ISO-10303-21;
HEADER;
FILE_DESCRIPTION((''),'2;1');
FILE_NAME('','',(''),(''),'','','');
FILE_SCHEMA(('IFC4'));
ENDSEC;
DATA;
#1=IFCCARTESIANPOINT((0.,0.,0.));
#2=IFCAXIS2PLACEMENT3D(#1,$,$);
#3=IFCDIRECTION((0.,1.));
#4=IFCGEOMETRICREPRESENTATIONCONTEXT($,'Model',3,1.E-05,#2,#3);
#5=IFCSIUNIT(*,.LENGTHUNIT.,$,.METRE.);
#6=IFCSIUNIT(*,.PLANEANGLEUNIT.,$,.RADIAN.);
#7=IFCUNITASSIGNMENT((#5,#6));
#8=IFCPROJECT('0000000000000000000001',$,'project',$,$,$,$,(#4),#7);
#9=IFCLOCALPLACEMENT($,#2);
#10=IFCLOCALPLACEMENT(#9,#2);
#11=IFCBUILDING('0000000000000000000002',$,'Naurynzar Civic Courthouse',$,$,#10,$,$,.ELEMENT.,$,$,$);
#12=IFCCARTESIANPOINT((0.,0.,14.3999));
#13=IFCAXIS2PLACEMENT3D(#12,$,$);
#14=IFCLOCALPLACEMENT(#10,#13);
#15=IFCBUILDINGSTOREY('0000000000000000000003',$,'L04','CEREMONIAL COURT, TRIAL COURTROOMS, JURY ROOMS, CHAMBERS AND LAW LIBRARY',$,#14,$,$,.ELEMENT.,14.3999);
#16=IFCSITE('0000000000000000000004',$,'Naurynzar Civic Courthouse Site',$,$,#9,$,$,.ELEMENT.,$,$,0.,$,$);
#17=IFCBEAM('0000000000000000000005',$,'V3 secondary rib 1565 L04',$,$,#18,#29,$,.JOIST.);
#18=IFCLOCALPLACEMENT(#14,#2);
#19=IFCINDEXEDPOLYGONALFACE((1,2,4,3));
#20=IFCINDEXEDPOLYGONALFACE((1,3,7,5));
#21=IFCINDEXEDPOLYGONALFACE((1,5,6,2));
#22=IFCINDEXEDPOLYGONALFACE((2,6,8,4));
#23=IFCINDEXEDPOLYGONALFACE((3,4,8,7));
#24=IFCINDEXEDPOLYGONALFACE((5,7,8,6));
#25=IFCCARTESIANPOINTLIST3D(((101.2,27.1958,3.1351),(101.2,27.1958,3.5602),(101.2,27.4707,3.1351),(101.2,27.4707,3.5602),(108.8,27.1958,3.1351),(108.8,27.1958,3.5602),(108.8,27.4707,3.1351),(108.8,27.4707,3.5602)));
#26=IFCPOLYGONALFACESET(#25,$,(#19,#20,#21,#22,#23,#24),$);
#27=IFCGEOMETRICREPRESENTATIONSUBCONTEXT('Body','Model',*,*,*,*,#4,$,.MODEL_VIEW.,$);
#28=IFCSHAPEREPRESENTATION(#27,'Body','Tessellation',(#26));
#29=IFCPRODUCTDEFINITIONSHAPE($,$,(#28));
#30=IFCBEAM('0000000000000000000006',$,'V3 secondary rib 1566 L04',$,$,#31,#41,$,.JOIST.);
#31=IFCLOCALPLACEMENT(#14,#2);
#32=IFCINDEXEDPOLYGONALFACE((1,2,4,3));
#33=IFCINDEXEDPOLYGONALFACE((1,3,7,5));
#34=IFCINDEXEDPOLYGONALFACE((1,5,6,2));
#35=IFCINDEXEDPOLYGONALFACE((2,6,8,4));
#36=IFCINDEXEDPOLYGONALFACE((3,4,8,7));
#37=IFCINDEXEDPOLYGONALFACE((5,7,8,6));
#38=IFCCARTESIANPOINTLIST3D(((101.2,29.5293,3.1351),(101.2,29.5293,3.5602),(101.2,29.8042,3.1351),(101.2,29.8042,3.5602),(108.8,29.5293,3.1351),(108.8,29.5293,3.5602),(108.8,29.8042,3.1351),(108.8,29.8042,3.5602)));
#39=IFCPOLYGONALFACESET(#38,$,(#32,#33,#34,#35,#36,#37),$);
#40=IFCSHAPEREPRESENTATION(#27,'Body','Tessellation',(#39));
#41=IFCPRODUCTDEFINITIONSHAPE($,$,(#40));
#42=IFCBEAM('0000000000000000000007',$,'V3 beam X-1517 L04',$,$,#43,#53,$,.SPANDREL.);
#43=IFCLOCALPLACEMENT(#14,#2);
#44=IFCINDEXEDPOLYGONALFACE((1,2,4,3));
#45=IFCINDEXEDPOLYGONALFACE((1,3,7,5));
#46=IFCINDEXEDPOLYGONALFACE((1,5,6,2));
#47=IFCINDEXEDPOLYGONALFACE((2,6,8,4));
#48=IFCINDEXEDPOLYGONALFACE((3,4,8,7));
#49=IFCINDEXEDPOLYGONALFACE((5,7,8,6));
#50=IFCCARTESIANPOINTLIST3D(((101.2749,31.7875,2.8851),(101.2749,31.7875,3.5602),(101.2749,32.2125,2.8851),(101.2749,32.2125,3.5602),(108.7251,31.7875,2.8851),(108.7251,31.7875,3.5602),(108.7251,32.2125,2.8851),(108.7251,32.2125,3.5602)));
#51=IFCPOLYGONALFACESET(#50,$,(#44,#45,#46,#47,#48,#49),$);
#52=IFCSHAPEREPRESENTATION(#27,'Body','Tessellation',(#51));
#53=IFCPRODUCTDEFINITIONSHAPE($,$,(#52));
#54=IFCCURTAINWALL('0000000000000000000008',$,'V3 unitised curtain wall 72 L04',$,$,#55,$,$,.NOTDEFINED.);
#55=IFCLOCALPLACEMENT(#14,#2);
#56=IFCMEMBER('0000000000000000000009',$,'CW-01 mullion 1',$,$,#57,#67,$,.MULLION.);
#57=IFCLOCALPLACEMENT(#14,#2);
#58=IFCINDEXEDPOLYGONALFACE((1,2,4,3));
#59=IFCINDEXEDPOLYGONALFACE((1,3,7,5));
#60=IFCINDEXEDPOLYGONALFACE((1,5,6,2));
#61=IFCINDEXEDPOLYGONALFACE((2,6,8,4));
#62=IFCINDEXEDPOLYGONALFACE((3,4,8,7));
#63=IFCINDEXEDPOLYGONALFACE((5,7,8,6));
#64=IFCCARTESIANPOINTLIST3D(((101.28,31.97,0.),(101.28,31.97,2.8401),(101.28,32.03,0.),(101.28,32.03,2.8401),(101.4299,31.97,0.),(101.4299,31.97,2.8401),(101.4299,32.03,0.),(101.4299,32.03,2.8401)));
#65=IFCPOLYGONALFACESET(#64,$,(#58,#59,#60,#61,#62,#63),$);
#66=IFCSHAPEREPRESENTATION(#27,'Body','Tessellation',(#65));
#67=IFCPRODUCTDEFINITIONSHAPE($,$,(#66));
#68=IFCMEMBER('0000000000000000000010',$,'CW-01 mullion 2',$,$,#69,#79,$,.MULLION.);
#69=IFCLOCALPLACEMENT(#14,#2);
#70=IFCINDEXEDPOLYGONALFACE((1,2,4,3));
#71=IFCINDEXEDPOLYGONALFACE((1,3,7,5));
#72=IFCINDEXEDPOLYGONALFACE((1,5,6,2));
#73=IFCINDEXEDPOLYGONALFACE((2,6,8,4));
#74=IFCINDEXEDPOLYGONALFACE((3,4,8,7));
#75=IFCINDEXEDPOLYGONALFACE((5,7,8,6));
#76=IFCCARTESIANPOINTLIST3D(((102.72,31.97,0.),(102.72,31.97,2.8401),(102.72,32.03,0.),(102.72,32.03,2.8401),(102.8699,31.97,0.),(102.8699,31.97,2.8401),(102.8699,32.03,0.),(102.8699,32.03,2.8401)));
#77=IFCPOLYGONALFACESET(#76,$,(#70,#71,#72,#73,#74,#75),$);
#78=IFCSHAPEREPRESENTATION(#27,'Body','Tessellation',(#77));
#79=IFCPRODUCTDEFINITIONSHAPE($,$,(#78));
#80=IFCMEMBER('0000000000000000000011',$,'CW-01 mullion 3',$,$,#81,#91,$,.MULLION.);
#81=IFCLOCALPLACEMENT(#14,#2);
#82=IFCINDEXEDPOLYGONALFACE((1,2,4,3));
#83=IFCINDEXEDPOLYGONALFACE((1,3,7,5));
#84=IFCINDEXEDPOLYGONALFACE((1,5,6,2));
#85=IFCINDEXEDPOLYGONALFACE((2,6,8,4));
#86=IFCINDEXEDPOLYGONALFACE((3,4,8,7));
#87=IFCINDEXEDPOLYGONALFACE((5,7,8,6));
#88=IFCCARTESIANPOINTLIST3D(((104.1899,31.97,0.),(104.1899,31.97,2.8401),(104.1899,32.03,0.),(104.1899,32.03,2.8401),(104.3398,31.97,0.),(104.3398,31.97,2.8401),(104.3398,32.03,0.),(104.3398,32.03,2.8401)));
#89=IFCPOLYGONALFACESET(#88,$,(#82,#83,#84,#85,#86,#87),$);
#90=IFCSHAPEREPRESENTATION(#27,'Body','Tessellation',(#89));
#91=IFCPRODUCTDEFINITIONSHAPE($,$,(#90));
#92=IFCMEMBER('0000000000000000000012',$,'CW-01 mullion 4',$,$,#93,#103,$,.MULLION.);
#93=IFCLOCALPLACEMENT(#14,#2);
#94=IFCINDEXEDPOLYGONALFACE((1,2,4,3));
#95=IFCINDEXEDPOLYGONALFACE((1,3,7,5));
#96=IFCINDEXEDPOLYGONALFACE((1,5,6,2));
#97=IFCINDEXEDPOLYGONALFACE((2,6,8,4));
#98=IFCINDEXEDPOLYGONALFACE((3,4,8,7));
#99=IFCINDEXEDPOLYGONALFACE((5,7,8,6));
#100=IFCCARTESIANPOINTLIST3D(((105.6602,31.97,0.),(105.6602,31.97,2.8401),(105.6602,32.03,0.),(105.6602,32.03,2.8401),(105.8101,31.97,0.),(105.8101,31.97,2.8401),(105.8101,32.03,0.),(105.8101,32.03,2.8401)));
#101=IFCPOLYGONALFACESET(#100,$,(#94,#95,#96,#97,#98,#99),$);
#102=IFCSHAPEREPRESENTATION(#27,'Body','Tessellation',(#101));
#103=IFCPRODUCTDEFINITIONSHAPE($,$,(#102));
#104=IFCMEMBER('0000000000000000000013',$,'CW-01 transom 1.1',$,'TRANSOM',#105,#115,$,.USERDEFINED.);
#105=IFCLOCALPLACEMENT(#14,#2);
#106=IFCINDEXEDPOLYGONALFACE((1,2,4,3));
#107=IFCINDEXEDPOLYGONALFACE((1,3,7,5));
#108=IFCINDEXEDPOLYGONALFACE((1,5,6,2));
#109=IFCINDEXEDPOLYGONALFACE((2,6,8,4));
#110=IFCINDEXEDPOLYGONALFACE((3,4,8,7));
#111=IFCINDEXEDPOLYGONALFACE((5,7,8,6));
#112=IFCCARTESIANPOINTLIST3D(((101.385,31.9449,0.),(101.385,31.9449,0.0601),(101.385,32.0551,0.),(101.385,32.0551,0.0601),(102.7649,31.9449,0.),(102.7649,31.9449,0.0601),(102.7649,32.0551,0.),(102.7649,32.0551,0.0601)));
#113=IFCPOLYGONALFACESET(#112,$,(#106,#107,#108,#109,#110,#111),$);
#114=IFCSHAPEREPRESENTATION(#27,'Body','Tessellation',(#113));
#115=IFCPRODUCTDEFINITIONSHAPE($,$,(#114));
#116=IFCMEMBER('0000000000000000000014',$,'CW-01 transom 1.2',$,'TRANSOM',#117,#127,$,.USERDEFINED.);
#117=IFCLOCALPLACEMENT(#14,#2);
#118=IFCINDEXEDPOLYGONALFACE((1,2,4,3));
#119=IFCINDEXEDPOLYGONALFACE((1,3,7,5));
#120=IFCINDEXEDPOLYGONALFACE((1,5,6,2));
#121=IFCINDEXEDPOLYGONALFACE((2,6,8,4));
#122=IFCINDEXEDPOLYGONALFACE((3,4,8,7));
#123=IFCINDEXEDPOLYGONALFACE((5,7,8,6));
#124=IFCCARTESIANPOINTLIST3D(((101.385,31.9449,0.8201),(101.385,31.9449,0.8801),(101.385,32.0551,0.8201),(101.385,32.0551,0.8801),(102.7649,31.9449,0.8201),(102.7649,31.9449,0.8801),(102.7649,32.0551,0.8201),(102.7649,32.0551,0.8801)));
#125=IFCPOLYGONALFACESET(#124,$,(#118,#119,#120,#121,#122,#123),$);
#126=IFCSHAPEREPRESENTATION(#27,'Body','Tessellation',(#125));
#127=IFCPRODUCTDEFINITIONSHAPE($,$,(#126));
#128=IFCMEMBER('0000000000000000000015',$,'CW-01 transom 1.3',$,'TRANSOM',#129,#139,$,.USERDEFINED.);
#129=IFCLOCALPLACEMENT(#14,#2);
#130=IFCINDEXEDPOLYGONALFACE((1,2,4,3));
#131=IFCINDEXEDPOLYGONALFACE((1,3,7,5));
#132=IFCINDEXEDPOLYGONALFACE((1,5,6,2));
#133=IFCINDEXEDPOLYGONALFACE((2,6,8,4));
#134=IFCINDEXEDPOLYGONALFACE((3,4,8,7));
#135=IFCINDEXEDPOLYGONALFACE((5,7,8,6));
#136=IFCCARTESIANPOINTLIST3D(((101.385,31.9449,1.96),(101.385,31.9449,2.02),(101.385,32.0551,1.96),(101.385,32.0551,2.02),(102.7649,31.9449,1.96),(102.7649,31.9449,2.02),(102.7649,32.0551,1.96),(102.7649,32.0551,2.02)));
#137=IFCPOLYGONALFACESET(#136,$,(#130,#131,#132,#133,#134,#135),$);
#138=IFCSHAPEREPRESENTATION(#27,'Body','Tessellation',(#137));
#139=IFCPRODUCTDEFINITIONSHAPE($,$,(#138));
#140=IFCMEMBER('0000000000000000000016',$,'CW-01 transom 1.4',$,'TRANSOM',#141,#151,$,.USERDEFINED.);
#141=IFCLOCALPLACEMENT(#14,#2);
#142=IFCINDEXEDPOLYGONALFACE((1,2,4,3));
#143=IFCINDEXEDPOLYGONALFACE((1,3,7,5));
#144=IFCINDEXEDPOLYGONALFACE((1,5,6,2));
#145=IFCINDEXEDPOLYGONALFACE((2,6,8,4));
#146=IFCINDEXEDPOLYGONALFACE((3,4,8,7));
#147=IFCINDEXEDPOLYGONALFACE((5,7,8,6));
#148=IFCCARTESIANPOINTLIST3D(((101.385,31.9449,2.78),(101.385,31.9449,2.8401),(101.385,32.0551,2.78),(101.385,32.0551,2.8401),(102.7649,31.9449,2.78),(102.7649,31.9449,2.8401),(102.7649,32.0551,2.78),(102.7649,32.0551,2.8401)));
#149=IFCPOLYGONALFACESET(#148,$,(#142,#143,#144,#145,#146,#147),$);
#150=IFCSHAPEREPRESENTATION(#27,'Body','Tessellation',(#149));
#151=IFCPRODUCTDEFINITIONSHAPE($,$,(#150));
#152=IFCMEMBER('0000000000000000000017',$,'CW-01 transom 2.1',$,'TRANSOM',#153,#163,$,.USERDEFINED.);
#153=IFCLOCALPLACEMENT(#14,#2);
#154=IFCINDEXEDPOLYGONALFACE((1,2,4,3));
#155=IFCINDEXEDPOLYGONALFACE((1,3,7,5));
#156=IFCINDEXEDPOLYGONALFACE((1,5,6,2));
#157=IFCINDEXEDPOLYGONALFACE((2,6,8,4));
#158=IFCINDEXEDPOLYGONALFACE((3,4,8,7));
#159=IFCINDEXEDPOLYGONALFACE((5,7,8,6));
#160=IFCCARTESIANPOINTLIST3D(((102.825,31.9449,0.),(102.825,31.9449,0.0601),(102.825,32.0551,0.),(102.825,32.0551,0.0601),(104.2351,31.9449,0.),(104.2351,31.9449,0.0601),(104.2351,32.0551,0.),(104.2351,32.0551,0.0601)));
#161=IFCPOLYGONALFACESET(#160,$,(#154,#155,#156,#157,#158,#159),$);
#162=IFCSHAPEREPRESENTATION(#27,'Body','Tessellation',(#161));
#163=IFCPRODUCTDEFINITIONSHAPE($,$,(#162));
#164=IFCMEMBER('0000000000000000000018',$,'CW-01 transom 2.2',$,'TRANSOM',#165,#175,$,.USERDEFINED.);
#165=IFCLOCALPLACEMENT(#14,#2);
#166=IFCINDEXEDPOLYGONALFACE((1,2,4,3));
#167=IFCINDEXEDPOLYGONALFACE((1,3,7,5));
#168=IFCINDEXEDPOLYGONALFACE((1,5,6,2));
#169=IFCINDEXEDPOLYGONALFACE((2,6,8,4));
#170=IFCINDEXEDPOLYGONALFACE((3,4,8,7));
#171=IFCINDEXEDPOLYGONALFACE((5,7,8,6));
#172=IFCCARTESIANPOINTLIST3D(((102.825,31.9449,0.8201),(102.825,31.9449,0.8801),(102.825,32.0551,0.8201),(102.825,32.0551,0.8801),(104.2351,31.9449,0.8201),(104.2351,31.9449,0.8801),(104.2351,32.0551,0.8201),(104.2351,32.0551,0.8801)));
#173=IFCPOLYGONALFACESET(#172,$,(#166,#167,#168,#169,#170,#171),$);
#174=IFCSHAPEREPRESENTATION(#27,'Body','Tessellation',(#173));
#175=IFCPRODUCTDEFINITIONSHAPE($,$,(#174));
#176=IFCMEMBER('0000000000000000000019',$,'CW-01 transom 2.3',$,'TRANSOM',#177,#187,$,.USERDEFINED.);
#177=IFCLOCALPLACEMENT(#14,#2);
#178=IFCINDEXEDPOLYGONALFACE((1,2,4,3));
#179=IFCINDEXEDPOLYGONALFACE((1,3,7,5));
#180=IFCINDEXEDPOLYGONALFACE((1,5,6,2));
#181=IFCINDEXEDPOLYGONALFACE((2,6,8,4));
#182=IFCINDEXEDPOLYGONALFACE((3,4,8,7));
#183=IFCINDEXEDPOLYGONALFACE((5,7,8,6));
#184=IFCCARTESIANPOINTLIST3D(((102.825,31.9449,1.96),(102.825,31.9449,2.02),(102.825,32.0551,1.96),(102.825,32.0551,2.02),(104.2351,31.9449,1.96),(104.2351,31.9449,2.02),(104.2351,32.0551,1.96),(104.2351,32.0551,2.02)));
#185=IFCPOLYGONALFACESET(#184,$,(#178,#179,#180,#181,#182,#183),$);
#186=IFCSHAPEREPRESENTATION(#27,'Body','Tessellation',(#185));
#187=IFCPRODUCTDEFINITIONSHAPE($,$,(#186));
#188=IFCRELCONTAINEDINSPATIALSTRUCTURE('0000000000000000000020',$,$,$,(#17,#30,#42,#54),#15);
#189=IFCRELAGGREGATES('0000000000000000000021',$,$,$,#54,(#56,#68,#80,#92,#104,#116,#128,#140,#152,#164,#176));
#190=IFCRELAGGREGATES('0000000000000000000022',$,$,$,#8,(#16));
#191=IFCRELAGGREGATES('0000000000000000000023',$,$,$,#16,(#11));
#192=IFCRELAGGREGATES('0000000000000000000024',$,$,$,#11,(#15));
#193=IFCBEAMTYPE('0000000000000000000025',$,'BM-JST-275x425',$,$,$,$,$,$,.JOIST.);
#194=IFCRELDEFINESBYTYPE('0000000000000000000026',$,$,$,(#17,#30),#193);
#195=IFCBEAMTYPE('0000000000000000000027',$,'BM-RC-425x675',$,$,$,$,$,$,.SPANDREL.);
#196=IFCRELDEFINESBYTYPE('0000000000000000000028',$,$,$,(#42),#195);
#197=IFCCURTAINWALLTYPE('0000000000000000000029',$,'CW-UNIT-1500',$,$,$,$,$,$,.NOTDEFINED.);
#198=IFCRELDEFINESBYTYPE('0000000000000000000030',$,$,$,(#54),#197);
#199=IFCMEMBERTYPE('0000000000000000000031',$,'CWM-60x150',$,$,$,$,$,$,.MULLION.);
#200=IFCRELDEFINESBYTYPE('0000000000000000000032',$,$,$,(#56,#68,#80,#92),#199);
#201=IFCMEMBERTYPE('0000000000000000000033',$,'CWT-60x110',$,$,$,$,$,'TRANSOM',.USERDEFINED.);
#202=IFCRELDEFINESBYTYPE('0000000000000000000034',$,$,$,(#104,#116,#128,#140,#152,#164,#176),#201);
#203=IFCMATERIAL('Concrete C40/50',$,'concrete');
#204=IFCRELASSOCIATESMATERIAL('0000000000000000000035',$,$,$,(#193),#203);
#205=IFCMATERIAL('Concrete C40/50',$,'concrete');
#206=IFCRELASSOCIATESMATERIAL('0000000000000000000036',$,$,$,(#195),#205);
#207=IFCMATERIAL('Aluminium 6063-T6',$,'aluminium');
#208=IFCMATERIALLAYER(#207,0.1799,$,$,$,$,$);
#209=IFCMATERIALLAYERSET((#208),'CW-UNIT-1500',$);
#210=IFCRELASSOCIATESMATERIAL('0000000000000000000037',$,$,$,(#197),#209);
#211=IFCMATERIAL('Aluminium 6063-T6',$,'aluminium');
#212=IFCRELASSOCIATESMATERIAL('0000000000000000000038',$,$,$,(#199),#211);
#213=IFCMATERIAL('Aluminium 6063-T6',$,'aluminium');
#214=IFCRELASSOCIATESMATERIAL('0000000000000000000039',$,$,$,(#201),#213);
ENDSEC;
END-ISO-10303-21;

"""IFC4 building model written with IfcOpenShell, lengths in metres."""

from ifc_helpers import new_model, si_unit, direction, frame, origin, origin_2d, place, context, subcontext, project, spatial, rectangle, extrude, material, layer, layer_set, material_profile, profile_set, type_object, element, aggregate, save


model = new_model("IFC4")

# Units and contexts
model_context = context("Model", 3, precision=1e-05, world=origin(), true_north=direction((0.0, 1.0)))
body_context = subcontext(model_context, "Body", "Model", "MODEL_VIEW")
ifc_project = project(units=[si_unit("LENGTHUNIT", "METRE"), si_unit("PLANEANGLEUNIT", "RADIAN")], contexts=[model_context])

# Site, building, storey
site_placement = place(None, origin())
site = spatial("IfcSite", under=ifc_project, at=site_placement, Name="Naurynzar Civic Courthouse Site", CompositionType="ELEMENT", RefElevation=0.0)
building_placement = place(site_placement, origin())
building = spatial("IfcBuilding", under=site, at=building_placement, Name="Naurynzar Civic Courthouse", CompositionType="ELEMENT")
storey_placement = place(building_placement, frame((0.0, 0.0, 14.3999)))
storey = spatial("IfcBuildingStorey", under=building, at=storey_placement, Name="L04", Description="CEREMONIAL COURT, TRIAL COURTROOMS, JURY ROOMS, CHAMBERS AND LAW LIBRARY", CompositionType="ELEMENT", Elevation=14.3999)

# Beams
ifc_material_1 = material(Name="Concrete C40/50", Category="concrete")
ifc_material_profile_1 = material_profile(ifc_material_1, rectangle(XDim=0.2749, YDim=0.425, at=origin_2d()), Name="RCB 275x425")
ifc_profile_set_1 = profile_set([ifc_material_profile_1], Name="Concrete C40/50")
beam_type_1 = type_object("IfcBeamType", Name="BM-JST-275x425", PredefinedType="JOIST", material=ifc_profile_set_1)
for number, where, z_axis, x_axis, name in (
    (1, (101.2, 27.3333, 3.3477), (1.0, 0.0, 0.0), (0.0, 1.0, 0.0), "V3 secondary rib 1565 L04"),
    (2, (101.2, 29.6667, 3.3477), (1.0, 0.0, 0.0), (0.0, 1.0, 0.0), "V3 secondary rib 1566 L04"),
):
    element("IfcBeam", number, at=place(storey_placement, frame(where, z_axis=z_axis, x_axis=x_axis)), inside=storey, type_object=beam_type_1, Name=name, PredefinedType="JOIST", context=body_context, shape_type="SweptSolid", body=[
        extrude(rectangle(XDim=0.2749, YDim=0.425, at=origin_2d()), origin(), (0.0, 0.0, 1.0), 7.6001),
    ])
ifc_material_2 = material(Name="Concrete C40/50", Category="concrete")
ifc_material_profile_2 = material_profile(ifc_material_2, rectangle(XDim=0.425, YDim=0.675, at=origin_2d()), Name="RCB 425x675")
ifc_profile_set_2 = profile_set([ifc_material_profile_2], Name="Concrete C40/50")
beam_type_2 = type_object("IfcBeamType", Name="BM-RC-425x675", PredefinedType="SPANDREL", material=ifc_profile_set_2)
beam_placement = place(storey_placement, frame((101.2749, 32.0, 3.2227), z_axis=(1.0, 0.0, 0.0), x_axis=(0.0, 1.0, 0.0)))
element("IfcBeam", 3, at=beam_placement, inside=storey, type_object=beam_type_2, Name="V3 beam X-1517 L04", PredefinedType="SPANDREL", context=body_context, shape_type="SweptSolid", body=[
    extrude(rectangle(XDim=0.425, YDim=0.675, at=origin_2d()), origin(), (0.0, 0.0, 1.0), 7.4502),
])

# Curtain wall, members
ifc_material_3 = material(Name="Aluminium 6063-T6", Category="aluminium")
ifc_layer_1 = layer(ifc_material_3, 0.1799)
ifc_layer_set_1 = layer_set([ifc_layer_1], Name="CW-UNIT-1500")
curtain_wall_type = type_object("IfcCurtainWallType", Name="CW-UNIT-1500", PredefinedType="NOTDEFINED", material=ifc_layer_set_1)
curtain_wall_placement = place(storey_placement, origin())
curtain_wall = element("IfcCurtainWall", 4, at=curtain_wall_placement, inside=storey, type_object=curtain_wall_type, Name="V3 unitised curtain wall 72 L04", PredefinedType="NOTDEFINED")
ifc_material_4 = material(Name="Aluminium 6063-T6", Category="aluminium")
ifc_material_profile_3 = material_profile(ifc_material_4, rectangle(XDim=0.0601, YDim=0.1499, at=origin_2d()), Name="ALU MULLION 60x150")
ifc_profile_set_3 = profile_set([ifc_material_profile_3], Name="Aluminium 6063-T6")
member_type_1 = type_object("IfcMemberType", Name="CWM-60x150", PredefinedType="MULLION", material=ifc_profile_set_3)
member_1_placement = place(storey_placement, frame((101.355, 32.0, 0.0), z_axis=(0.0, 0.0, 1.0), x_axis=(0.0, 1.0, 0.0)))
member_1 = element("IfcMember", 5, at=member_1_placement, type_object=member_type_1, Name="CW-01 mullion 1", PredefinedType="MULLION", context=body_context, shape_type="SweptSolid", body=[
    extrude(rectangle(XDim=0.0601, YDim=0.1499, at=origin_2d()), origin(), (0.0, 0.0, 1.0), 2.8401),
])
member_2_placement = place(storey_placement, frame((102.7949, 32.0, 0.0), z_axis=(0.0, 0.0, 1.0), x_axis=(0.0, 1.0, 0.0)))
member_2 = element("IfcMember", 6, at=member_2_placement, type_object=member_type_1, Name="CW-01 mullion 2", PredefinedType="MULLION", context=body_context, shape_type="SweptSolid", body=[
    extrude(rectangle(XDim=0.0601, YDim=0.1499, at=origin_2d()), origin(), (0.0, 0.0, 1.0), 2.8401),
])
member_3_placement = place(storey_placement, frame((104.2649, 32.0, 0.0), z_axis=(0.0, 0.0, 1.0), x_axis=(0.0, 1.0, 0.0)))
member_3 = element("IfcMember", 7, at=member_3_placement, type_object=member_type_1, Name="CW-01 mullion 3", PredefinedType="MULLION", context=body_context, shape_type="SweptSolid", body=[
    extrude(rectangle(XDim=0.0601, YDim=0.1499, at=origin_2d()), origin(), (0.0, 0.0, 1.0), 2.8401),
])
member_4_placement = place(storey_placement, frame((105.7351, 32.0, 0.0), z_axis=(0.0, 0.0, 1.0), x_axis=(0.0, 1.0, 0.0)))
member_4 = element("IfcMember", 8, at=member_4_placement, type_object=member_type_1, Name="CW-01 mullion 4", PredefinedType="MULLION", context=body_context, shape_type="SweptSolid", body=[
    extrude(rectangle(XDim=0.0601, YDim=0.1499, at=origin_2d()), origin(), (0.0, 0.0, 1.0), 2.8401),
])
ifc_material_5 = material(Name="Aluminium 6063-T6", Category="aluminium")
ifc_material_profile_4 = material_profile(ifc_material_5, rectangle(XDim=0.1101, YDim=0.0601, at=origin_2d()), Name="ALU TRANSOM 60x110")
ifc_profile_set_4 = profile_set([ifc_material_profile_4], Name="Aluminium 6063-T6")
member_type_2 = type_object("IfcMemberType", Name="CWT-60x110", ElementType="TRANSOM", PredefinedType="USERDEFINED", material=ifc_profile_set_4)
member_5_placement = place(storey_placement, frame((101.385, 32.0, 0.03), z_axis=(1.0, 0.0, 0.0), x_axis=(0.0, 1.0, 0.0)))
member_5 = element("IfcMember", 9, at=member_5_placement, type_object=member_type_2, Name="CW-01 transom 1.1", ObjectType="TRANSOM", PredefinedType="USERDEFINED", context=body_context, shape_type="SweptSolid", body=[
    extrude(rectangle(XDim=0.1101, YDim=0.0601, at=origin_2d()), origin(), (0.0, 0.0, 1.0), 1.3799),
])
member_6_placement = place(storey_placement, frame((101.385, 32.0, 0.8501), z_axis=(1.0, 0.0, 0.0), x_axis=(0.0, 1.0, 0.0)))
member_6 = element("IfcMember", 10, at=member_6_placement, type_object=member_type_2, Name="CW-01 transom 1.2", ObjectType="TRANSOM", PredefinedType="USERDEFINED", context=body_context, shape_type="SweptSolid", body=[
    extrude(rectangle(XDim=0.1101, YDim=0.0601, at=origin_2d()), origin(), (0.0, 0.0, 1.0), 1.3799),
])
member_7_placement = place(storey_placement, frame((101.385, 32.0, 1.99), z_axis=(1.0, 0.0, 0.0), x_axis=(0.0, 1.0, 0.0)))
member_7 = element("IfcMember", 11, at=member_7_placement, type_object=member_type_2, Name="CW-01 transom 1.3", ObjectType="TRANSOM", PredefinedType="USERDEFINED", context=body_context, shape_type="SweptSolid", body=[
    extrude(rectangle(XDim=0.1101, YDim=0.0601, at=origin_2d()), origin(), (0.0, 0.0, 1.0), 1.3799),
])
member_8_placement = place(storey_placement, frame((101.385, 32.0, 2.8101), z_axis=(1.0, 0.0, 0.0), x_axis=(0.0, 1.0, 0.0)))
member_8 = element("IfcMember", 12, at=member_8_placement, type_object=member_type_2, Name="CW-01 transom 1.4", ObjectType="TRANSOM", PredefinedType="USERDEFINED", context=body_context, shape_type="SweptSolid", body=[
    extrude(rectangle(XDim=0.1101, YDim=0.0601, at=origin_2d()), origin(), (0.0, 0.0, 1.0), 1.3799),
])
member_9_placement = place(storey_placement, frame((102.825, 32.0, 0.03), z_axis=(1.0, 0.0, 0.0), x_axis=(0.0, 1.0, 0.0)))
member_9 = element("IfcMember", 13, at=member_9_placement, type_object=member_type_2, Name="CW-01 transom 2.1", ObjectType="TRANSOM", PredefinedType="USERDEFINED", context=body_context, shape_type="SweptSolid", body=[
    extrude(rectangle(XDim=0.1101, YDim=0.0601, at=origin_2d()), origin(), (0.0, 0.0, 1.0), 1.4102),
])
member_10_placement = place(storey_placement, frame((102.825, 32.0, 0.8501), z_axis=(1.0, 0.0, 0.0), x_axis=(0.0, 1.0, 0.0)))
member_10 = element("IfcMember", 14, at=member_10_placement, type_object=member_type_2, Name="CW-01 transom 2.2", ObjectType="TRANSOM", PredefinedType="USERDEFINED", context=body_context, shape_type="SweptSolid", body=[
    extrude(rectangle(XDim=0.1101, YDim=0.0601, at=origin_2d()), origin(), (0.0, 0.0, 1.0), 1.4102),
])
member_11_placement = place(storey_placement, frame((102.825, 32.0, 1.99), z_axis=(1.0, 0.0, 0.0), x_axis=(0.0, 1.0, 0.0)))
member_11 = element("IfcMember", 15, at=member_11_placement, type_object=member_type_2, Name="CW-01 transom 2.3", ObjectType="TRANSOM", PredefinedType="USERDEFINED", context=body_context, shape_type="SweptSolid", body=[
    extrude(rectangle(XDim=0.1101, YDim=0.0601, at=origin_2d()), origin(), (0.0, 0.0, 1.0), 1.4102),
])
aggregate(curtain_wall, [member_1, member_2, member_3, member_4, member_5, member_6, member_7, member_8, member_9, member_10, member_11])

save(model, "model.ifc")
